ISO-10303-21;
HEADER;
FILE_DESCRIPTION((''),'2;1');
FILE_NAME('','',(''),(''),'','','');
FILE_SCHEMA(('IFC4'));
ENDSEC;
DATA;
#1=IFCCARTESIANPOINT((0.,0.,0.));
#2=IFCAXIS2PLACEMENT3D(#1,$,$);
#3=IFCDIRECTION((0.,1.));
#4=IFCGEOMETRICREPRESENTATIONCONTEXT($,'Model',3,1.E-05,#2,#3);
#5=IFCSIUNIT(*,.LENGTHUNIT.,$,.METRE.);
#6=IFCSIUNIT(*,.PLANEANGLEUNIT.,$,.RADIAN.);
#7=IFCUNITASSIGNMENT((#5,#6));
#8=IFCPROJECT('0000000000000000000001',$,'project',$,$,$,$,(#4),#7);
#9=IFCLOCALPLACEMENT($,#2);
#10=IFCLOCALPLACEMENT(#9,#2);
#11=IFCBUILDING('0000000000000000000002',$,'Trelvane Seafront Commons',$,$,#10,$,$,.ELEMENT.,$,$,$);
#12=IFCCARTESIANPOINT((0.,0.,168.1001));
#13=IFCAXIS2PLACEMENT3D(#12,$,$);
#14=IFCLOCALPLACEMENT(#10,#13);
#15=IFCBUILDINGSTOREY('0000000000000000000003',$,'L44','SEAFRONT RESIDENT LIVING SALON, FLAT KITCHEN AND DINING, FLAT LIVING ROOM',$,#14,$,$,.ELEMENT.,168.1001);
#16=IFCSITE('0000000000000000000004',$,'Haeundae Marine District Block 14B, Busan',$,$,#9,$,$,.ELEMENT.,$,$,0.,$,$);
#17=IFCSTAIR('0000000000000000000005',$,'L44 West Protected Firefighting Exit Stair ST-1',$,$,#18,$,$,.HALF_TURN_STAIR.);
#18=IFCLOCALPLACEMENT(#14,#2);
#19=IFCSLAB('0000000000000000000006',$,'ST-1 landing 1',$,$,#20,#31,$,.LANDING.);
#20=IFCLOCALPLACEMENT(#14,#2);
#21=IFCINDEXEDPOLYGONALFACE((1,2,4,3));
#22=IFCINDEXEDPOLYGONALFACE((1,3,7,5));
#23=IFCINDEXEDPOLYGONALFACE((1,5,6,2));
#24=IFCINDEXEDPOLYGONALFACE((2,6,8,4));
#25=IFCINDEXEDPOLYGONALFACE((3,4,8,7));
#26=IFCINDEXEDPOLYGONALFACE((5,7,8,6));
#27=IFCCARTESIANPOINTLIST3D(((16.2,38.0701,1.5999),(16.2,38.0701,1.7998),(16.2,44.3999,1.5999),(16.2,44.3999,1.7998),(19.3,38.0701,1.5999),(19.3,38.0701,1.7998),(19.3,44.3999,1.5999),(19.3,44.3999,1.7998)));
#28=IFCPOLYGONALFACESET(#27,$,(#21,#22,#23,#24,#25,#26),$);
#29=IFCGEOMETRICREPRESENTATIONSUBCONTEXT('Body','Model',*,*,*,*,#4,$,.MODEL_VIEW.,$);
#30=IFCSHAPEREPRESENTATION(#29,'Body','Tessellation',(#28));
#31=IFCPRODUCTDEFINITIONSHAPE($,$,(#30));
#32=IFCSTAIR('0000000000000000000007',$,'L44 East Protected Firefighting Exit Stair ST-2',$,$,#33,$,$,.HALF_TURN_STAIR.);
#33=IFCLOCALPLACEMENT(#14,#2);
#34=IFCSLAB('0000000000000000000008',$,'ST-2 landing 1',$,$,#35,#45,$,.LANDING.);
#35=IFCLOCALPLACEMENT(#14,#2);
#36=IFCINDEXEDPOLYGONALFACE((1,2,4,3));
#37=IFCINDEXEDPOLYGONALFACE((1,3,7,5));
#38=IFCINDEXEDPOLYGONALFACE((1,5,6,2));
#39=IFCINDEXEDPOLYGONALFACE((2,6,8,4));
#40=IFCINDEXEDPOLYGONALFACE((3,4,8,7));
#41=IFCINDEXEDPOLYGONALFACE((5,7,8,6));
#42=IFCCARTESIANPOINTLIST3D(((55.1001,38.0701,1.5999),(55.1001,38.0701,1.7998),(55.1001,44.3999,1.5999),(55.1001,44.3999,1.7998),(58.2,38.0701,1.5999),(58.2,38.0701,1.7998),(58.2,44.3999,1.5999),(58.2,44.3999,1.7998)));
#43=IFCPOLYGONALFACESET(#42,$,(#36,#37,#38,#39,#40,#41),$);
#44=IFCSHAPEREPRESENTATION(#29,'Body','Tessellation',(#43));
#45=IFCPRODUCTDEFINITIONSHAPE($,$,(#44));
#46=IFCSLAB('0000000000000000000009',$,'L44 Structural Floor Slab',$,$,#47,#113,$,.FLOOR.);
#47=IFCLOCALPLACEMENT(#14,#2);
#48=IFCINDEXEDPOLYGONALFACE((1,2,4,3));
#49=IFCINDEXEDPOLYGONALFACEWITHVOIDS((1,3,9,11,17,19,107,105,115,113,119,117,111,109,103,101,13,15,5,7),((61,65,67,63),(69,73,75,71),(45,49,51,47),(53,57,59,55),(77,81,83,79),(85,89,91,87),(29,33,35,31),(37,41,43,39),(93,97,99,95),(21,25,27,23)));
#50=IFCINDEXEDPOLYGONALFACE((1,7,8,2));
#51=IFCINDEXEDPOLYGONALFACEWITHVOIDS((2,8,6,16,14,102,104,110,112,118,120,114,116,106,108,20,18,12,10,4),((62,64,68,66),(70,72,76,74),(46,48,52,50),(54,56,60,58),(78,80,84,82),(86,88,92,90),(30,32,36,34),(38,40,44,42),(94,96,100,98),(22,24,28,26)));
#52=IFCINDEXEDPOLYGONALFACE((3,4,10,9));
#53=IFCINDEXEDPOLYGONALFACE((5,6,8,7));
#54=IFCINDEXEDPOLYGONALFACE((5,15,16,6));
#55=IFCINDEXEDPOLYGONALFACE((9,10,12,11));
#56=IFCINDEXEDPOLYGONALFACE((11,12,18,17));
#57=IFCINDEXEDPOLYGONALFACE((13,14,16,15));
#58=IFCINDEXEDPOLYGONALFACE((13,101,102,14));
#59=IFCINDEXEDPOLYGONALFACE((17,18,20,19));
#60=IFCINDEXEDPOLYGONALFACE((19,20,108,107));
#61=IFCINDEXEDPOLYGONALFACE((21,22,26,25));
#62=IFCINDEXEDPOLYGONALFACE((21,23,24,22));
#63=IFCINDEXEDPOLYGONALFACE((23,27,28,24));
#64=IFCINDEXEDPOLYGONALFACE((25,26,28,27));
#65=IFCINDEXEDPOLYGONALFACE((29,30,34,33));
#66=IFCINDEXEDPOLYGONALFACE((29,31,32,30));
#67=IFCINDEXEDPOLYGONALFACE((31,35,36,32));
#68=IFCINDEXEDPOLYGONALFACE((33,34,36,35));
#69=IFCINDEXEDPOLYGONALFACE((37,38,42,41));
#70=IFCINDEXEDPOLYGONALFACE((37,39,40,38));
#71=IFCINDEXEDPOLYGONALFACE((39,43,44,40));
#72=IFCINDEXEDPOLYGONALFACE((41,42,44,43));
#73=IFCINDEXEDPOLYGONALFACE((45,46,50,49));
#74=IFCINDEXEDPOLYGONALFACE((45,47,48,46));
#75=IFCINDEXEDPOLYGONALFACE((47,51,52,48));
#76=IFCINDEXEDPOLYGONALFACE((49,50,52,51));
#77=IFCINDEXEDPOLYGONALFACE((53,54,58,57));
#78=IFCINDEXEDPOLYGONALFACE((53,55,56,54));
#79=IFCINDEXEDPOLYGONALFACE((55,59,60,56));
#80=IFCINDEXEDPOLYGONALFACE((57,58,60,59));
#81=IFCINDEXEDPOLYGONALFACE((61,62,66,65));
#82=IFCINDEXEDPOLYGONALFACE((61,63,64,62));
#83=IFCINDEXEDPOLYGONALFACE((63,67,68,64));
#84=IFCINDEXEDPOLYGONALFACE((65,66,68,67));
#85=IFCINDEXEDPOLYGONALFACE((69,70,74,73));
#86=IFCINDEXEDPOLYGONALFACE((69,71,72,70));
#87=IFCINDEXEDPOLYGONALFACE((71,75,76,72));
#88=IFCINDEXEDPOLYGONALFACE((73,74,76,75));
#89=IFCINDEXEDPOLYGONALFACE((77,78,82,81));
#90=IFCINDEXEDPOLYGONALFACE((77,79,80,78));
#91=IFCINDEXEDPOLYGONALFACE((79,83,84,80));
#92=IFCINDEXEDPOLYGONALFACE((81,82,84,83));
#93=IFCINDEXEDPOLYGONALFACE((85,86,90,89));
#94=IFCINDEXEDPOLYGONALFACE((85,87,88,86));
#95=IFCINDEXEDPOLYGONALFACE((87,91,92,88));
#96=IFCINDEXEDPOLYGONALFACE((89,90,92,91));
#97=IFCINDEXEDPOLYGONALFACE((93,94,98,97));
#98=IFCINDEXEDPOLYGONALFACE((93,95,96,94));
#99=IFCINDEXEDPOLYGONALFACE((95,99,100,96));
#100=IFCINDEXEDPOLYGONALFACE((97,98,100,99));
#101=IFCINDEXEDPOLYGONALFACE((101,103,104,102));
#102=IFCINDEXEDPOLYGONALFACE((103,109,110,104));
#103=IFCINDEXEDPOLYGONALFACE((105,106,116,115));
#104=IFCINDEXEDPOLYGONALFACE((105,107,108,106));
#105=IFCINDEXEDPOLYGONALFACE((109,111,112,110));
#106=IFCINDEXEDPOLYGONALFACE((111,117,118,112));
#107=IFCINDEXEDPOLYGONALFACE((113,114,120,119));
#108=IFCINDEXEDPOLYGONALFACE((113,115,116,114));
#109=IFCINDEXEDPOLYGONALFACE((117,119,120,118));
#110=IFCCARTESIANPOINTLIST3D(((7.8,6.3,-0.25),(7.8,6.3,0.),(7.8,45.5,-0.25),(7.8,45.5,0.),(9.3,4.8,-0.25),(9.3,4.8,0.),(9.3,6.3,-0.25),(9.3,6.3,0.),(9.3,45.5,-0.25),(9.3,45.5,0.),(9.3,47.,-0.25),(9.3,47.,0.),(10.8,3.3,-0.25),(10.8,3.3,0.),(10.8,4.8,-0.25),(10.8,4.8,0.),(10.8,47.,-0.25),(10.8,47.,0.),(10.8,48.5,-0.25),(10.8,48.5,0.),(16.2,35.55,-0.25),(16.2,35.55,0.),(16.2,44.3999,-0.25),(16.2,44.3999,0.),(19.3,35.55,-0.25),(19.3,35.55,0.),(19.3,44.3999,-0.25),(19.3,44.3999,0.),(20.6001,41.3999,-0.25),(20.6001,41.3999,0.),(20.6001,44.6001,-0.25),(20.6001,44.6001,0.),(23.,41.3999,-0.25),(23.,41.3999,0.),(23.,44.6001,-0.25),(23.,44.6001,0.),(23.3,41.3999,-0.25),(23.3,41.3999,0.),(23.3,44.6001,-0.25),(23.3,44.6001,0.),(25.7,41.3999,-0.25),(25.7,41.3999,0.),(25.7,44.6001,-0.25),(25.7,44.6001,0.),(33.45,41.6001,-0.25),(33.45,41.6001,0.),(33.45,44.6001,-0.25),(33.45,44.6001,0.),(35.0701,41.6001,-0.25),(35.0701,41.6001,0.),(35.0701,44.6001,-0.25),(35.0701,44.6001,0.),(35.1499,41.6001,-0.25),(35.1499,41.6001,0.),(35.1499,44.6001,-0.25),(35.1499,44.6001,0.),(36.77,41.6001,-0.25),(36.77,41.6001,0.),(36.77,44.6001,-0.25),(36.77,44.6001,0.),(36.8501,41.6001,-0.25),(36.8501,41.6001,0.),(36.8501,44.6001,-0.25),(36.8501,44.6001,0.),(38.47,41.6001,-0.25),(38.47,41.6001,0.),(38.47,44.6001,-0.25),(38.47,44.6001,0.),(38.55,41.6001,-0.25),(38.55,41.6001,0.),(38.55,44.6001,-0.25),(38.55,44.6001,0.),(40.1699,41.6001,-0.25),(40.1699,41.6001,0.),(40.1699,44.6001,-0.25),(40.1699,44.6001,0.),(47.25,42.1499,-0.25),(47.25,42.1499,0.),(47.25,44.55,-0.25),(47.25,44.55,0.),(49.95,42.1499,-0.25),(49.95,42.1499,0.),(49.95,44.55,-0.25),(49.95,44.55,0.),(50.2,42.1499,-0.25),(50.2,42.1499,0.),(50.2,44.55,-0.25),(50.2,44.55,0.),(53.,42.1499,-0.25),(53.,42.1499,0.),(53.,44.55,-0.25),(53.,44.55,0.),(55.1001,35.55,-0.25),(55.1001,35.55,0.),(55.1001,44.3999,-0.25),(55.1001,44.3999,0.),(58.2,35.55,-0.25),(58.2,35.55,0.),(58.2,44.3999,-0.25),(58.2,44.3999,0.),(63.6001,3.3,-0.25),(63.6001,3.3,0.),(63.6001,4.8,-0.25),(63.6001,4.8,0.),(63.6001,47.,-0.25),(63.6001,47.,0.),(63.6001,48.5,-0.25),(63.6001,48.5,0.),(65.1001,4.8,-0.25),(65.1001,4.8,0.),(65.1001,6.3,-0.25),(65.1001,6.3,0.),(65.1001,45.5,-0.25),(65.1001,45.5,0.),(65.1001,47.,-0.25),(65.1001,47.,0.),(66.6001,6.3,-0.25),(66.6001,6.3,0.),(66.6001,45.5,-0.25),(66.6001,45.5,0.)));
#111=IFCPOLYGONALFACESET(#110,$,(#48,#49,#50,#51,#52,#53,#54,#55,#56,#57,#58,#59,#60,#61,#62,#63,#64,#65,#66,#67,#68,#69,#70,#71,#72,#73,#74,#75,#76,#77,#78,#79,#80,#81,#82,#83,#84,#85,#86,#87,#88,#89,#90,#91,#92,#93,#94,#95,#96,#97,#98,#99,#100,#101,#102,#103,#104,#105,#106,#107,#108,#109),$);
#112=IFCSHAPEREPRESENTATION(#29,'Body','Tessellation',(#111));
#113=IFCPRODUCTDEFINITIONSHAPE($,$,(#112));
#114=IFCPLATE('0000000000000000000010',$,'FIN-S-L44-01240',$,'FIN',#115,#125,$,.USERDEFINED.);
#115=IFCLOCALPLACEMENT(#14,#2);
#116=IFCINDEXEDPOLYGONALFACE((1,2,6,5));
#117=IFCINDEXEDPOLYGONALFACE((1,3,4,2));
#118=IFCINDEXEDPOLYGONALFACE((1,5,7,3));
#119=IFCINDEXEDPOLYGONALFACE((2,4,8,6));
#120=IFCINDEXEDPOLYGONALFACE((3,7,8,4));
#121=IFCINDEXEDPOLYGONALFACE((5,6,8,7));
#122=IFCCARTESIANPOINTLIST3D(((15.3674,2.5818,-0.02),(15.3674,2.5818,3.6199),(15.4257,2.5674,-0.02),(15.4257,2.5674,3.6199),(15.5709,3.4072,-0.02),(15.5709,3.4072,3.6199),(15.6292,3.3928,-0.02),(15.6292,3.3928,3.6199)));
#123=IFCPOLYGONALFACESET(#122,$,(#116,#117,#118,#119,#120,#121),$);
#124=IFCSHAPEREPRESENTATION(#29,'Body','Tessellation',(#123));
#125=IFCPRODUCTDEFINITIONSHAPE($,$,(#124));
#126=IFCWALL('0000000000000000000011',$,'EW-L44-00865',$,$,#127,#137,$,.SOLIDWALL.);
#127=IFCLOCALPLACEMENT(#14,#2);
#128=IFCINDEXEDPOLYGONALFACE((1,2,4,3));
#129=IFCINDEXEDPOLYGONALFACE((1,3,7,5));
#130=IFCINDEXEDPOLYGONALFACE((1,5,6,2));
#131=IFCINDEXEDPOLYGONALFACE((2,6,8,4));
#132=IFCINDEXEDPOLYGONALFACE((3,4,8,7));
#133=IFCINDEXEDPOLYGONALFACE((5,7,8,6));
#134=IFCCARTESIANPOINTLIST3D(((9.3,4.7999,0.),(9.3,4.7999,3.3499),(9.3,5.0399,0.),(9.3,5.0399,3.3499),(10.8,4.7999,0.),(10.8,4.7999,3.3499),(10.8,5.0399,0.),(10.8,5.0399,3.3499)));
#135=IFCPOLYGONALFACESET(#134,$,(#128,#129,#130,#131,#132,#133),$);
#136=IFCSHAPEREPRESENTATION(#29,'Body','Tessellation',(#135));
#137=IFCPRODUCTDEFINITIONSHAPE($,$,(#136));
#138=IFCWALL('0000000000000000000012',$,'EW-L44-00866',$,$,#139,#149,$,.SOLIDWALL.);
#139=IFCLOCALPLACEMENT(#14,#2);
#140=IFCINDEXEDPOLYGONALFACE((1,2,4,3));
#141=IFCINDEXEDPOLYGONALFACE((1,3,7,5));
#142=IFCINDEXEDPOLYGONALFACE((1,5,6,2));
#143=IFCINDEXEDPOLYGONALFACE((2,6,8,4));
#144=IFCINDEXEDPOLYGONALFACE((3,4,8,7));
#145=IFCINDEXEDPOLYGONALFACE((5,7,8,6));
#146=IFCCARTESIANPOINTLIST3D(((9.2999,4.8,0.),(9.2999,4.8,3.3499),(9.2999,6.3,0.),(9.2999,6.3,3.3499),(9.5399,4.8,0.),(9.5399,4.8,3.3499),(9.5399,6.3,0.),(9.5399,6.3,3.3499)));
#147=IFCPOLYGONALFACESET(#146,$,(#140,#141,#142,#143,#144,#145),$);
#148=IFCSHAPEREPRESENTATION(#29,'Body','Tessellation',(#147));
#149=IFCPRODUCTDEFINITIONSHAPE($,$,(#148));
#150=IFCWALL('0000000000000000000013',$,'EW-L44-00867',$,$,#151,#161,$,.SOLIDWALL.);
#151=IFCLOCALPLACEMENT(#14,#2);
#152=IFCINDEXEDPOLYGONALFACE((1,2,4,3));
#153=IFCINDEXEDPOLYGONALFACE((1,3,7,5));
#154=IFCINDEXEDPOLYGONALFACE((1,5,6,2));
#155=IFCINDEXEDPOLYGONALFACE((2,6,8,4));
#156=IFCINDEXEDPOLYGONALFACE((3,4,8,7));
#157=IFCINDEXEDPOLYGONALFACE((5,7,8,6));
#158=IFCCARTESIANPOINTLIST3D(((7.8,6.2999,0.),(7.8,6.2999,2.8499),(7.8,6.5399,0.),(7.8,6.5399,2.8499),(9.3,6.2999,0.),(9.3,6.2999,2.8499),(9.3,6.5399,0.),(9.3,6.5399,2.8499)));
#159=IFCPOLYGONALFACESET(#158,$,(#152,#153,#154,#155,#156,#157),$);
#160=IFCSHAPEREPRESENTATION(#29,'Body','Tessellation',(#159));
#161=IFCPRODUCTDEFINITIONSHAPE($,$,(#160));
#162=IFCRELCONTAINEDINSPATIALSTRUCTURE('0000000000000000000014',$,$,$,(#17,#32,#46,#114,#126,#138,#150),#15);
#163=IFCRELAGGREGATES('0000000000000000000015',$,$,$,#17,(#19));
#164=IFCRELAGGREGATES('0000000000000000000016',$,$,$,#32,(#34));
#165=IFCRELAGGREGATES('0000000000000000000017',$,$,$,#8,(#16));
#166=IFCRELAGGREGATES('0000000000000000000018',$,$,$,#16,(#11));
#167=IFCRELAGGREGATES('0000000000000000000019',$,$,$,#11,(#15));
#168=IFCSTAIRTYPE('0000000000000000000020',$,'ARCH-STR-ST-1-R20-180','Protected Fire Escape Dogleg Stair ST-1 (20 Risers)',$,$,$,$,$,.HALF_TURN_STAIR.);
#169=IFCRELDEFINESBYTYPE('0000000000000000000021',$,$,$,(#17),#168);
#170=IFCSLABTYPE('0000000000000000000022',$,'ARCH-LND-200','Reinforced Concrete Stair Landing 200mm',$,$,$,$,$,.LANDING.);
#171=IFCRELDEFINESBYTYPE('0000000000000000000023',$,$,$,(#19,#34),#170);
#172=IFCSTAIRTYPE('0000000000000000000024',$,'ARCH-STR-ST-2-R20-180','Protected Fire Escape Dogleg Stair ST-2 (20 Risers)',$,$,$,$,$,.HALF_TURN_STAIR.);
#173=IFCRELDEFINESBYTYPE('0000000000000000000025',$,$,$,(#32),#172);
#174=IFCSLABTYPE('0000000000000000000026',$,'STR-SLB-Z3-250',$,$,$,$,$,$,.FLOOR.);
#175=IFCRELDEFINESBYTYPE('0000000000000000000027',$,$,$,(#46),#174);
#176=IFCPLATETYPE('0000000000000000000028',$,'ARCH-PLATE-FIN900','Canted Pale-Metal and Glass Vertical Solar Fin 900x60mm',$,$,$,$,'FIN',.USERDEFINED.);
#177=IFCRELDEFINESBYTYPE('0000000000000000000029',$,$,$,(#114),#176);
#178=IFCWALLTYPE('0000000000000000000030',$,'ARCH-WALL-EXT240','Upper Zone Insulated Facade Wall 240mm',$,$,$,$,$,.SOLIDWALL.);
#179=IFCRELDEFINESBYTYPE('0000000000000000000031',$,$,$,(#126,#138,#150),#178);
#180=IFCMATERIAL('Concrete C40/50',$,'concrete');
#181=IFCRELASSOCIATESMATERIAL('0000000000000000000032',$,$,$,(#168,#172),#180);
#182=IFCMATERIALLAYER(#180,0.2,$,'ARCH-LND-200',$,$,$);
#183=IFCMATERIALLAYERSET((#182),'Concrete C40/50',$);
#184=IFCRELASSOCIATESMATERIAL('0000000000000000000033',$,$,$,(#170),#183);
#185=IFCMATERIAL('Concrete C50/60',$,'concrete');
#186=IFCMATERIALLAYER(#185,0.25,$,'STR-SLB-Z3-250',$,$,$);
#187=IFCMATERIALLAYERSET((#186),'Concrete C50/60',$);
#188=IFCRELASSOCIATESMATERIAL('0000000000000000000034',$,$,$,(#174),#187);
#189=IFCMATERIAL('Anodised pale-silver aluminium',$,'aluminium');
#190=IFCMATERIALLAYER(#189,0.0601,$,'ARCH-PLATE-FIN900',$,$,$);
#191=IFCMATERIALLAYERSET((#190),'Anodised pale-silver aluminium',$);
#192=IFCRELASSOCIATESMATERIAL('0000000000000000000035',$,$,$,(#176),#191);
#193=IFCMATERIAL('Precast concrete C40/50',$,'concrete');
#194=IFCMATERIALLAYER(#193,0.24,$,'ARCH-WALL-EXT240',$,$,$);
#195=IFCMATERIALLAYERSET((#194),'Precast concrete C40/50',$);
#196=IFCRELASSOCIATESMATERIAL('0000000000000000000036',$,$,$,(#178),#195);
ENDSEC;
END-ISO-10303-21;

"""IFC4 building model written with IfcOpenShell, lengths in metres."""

from ifc_helpers import new_model, si_unit, direction, frame, frame_2d, origin, origin_2d, place, context, subcontext, project, spatial, polyline, rectangle, outline, extrude, source, transform, mapped, material, layer, layer_set, type_object, element, aggregate, save


model = new_model("IFC4")

# Units and contexts
model_context = context("Model", 3, precision=1e-05, world=origin(), true_north=direction((0.0, 1.0)))
body_context = subcontext(model_context, "Body", "Model", "MODEL_VIEW")
ifc_project = project(units=[si_unit("LENGTHUNIT", "METRE"), si_unit("PLANEANGLEUNIT", "RADIAN")], contexts=[model_context])

# Site, building, storey
site_placement = place(None, origin())
site = spatial("IfcSite", under=ifc_project, at=site_placement, Name="Haeundae Marine District Block 14B, Busan", CompositionType="ELEMENT", RefElevation=0.0)
building_placement = place(site_placement, origin())
building = spatial("IfcBuilding", under=site, at=building_placement, Name="Trelvane Seafront Commons", CompositionType="ELEMENT")
storey_placement = place(building_placement, frame((0.0, 0.0, 168.1001)))
storey = spatial("IfcBuildingStorey", under=building, at=storey_placement, Name="L44", Description="SEAFRONT RESIDENT LIVING SALON, FLAT KITCHEN AND DINING, FLAT LIVING ROOM", CompositionType="ELEMENT", Elevation=168.1001)

# Shared definitions
ifc_material_1 = material(Name="Concrete C40/50", Category="concrete")

# Stairs, slabs
stair_type_1 = type_object("IfcStairType", Name="ARCH-STR-ST-1-R20-180", Description="Protected Fire Escape Dogleg Stair ST-1 (20 Risers)", PredefinedType="HALF_TURN_STAIR", material=ifc_material_1)
stair_1_placement = place(storey_placement, origin())
stair_1 = element("IfcStair", 1, at=stair_1_placement, inside=storey, type_object=stair_type_1, Name="L44 West Protected Firefighting Exit Stair ST-1", PredefinedType="HALF_TURN_STAIR")
ifc_layer_1 = layer(ifc_material_1, 0.2, Name="ARCH-LND-200")
ifc_layer_set_1 = layer_set([ifc_layer_1], Name="Concrete C40/50")
slab_type_1 = type_object("IfcSlabType", Name="ARCH-LND-200", Description="Reinforced Concrete Stair Landing 200mm", PredefinedType="LANDING", material=ifc_layer_set_1)
slab_1_placement = place(storey_placement, frame((0.0, 0.0, 1.5999)))
slab_1 = element("IfcSlab", 2, at=slab_1_placement, type_object=slab_type_1, Name="ST-1 landing 1", PredefinedType="LANDING", context=body_context, shape_type="SweptSolid", body=[
    extrude(outline(polyline([(19.3, 38.0701), (19.3, 44.3999), (16.2, 44.3999), (16.2, 38.0701), (19.3, 38.0701)])), origin(), (0.0, 0.0, 1.0), 0.2),
])
aggregate(stair_1, [slab_1])
stair_type_2 = type_object("IfcStairType", Name="ARCH-STR-ST-2-R20-180", Description="Protected Fire Escape Dogleg Stair ST-2 (20 Risers)", PredefinedType="HALF_TURN_STAIR", material=ifc_material_1)
stair_2_placement = place(storey_placement, origin())
stair_2 = element("IfcStair", 3, at=stair_2_placement, inside=storey, type_object=stair_type_2, Name="L44 East Protected Firefighting Exit Stair ST-2", PredefinedType="HALF_TURN_STAIR")
slab_2_placement = place(storey_placement, frame((0.0, 0.0, 1.5999)))
slab_2 = element("IfcSlab", 4, at=slab_2_placement, type_object=slab_type_1, Name="ST-2 landing 1", PredefinedType="LANDING", context=body_context, shape_type="SweptSolid", body=[
    extrude(outline(polyline([(58.2, 38.0701), (58.2, 44.3999), (55.1001, 44.3999), (55.1001, 38.0701), (58.2, 38.0701)])), origin(), (0.0, 0.0, 1.0), 0.2),
])
aggregate(stair_2, [slab_2])

# Slab
ifc_material_2 = material(Name="Concrete C50/60", Category="concrete")
ifc_layer_2 = layer(ifc_material_2, 0.25, Name="STR-SLB-Z3-250")
ifc_layer_set_2 = layer_set([ifc_layer_2], Name="Concrete C50/60")
slab_type_2 = type_object("IfcSlabType", Name="STR-SLB-Z3-250", PredefinedType="FLOOR", material=ifc_layer_set_2)
slab_3_placement = place(storey_placement, frame((0.0, 0.0, -0.25)))
element("IfcSlab", 5, at=slab_3_placement, inside=storey, type_object=slab_type_2, Name="L44 Structural Floor Slab", PredefinedType="FLOOR", context=body_context, shape_type="SweptSolid", body=[
    extrude(outline(polyline([(10.8, 3.3), (63.6001, 3.3), (63.6001, 4.8), (65.1001, 4.8), (65.1001, 6.3), (66.6001, 6.3), (66.6001, 45.5), (65.1001, 45.5), (65.1001, 47.0), (63.6001, 47.0), (63.6001, 48.5), (10.8, 48.5), (10.8, 47.0), (9.3, 47.0), (9.3, 45.5), (7.8, 45.5), (7.8, 6.3), (9.3, 6.3), (9.3, 4.8), (10.8, 4.8), (10.8, 3.3)]), holes=[polyline([(19.3, 35.55), (16.2, 35.55), (16.2, 44.3999), (19.3, 44.3999), (19.3, 35.55)]), polyline([(58.2, 35.55), (55.1001, 35.55), (55.1001, 44.3999), (58.2, 44.3999), (58.2, 35.55)]), polyline([(23.0, 41.3999), (20.6001, 41.3999), (20.6001, 44.6001), (23.0, 44.6001), (23.0, 41.3999)]), polyline([(23.3, 41.3999), (23.3, 44.6001), (25.7, 44.6001), (25.7, 41.3999), (23.3, 41.3999)]), polyline([(33.45, 41.6001), (33.45, 44.6001), (35.0701, 44.6001), (35.0701, 41.6001), (33.45, 41.6001)]), polyline([(36.77, 41.6001), (35.1499, 41.6001), (35.1499, 44.6001), (36.77, 44.6001), (36.77, 41.6001)]), polyline([(38.47, 41.6001), (36.8501, 41.6001), (36.8501, 44.6001), (38.47, 44.6001), (38.47, 41.6001)]), polyline([(40.1699, 41.6001), (38.55, 41.6001), (38.55, 44.6001), (40.1699, 44.6001), (40.1699, 41.6001)]), polyline([(47.25, 42.1499), (47.25, 44.55), (49.95, 44.55), (49.95, 42.1499), (47.25, 42.1499)]), polyline([(50.2, 42.1499), (50.2, 44.55), (53.0, 44.55), (53.0, 42.1499), (50.2, 42.1499)])]), origin(), (0.0, 0.0, 1.0), 0.25),
])

# Plate
ifc_material_3 = material(Name="Anodised pale-silver aluminium", Category="aluminium")
ifc_layer_3 = layer(ifc_material_3, 0.0601, Name="ARCH-PLATE-FIN900")
ifc_layer_set_3 = layer_set([ifc_layer_3], Name="Anodised pale-silver aluminium")
plate_type = type_object("IfcPlateType", Name="ARCH-PLATE-FIN900", Description="Canted Pale-Metal and Glass Vertical Solar Fin 900x60mm", ElementType="FIN", PredefinedType="USERDEFINED", material=ifc_layer_set_3)
shared_shape_1 = source(origin(), body_context, "Body", "SweptSolid", [
    extrude(rectangle(XDim=0.8501, YDim=0.0601, at=origin_2d()), origin(), (0.0, 0.0, 1.0), 3.6399),
])
plate_placement = place(storey_placement, frame((15.4983, 2.9873, -0.02), z_axis=(0.0, 0.0, 1.0), x_axis=(-0.239406, -0.970919, 0.0)))
element("IfcPlate", 6, at=plate_placement, inside=storey, type_object=plate_type, Name="FIN-S-L44-01240", ObjectType="FIN", PredefinedType="USERDEFINED", context=body_context, shape_type="MappedRepresentation", body=[
    mapped(shared_shape_1, transform((0.0, 0.0, 0.0), x_axis=(1.0, 0.0, 0.0), y_axis=(0.0, 1.0, 0.0), z_axis=(0.0, 0.0, 1.0), scale=1.0)),
])

# Walls
ifc_material_4 = material(Name="Precast concrete C40/50", Category="concrete")
ifc_layer_4 = layer(ifc_material_4, 0.24, Name="ARCH-WALL-EXT240")
ifc_layer_set_4 = layer_set([ifc_layer_4], Name="Precast concrete C40/50")
wall_type_1 = type_object("IfcWallType", Name="ARCH-WALL-EXT240", Description="Upper Zone Insulated Facade Wall 240mm", PredefinedType="SOLIDWALL", material=ifc_layer_set_4)
for number, where, z_axis, x_axis, name in (
    (7, (10.8, 4.9199, 0.0), (0.0, 0.0, 1.0), (-1.0, 0.0, 0.0), "EW-L44-00865"),
    (8, (9.4199, 4.8, 0.0), (0.0, 0.0, 1.0), (0.0, 1.0, 0.0), "EW-L44-00866"),
):
    element("IfcWall", number, at=place(storey_placement, frame(where, z_axis=z_axis, x_axis=x_axis)), inside=storey, type_object=wall_type_1, Name=name, PredefinedType="SOLIDWALL", context=body_context, shape_type="SweptSolid", body=[
        extrude(rectangle(XDim=1.5, YDim=0.24, at=frame_2d((0.75, 0.0))), origin(), (0.0, 0.0, 1.0), 3.3499),
    ])
wall_1_placement = place(storey_placement, frame((9.3, 6.4199, 0.0), z_axis=(0.0, 0.0, 1.0), x_axis=(-1.0, 0.0, 0.0)))
element("IfcWall", 9, at=wall_1_placement, inside=storey, type_object=wall_type_1, Name="EW-L44-00867", PredefinedType="SOLIDWALL", context=body_context, shape_type="SweptSolid", body=[
    extrude(rectangle(XDim=1.5, YDim=0.24, at=frame_2d((0.75, 0.0))), origin(), (0.0, 0.0, 1.0), 2.8499),
])

save(model, "model.ifc")
